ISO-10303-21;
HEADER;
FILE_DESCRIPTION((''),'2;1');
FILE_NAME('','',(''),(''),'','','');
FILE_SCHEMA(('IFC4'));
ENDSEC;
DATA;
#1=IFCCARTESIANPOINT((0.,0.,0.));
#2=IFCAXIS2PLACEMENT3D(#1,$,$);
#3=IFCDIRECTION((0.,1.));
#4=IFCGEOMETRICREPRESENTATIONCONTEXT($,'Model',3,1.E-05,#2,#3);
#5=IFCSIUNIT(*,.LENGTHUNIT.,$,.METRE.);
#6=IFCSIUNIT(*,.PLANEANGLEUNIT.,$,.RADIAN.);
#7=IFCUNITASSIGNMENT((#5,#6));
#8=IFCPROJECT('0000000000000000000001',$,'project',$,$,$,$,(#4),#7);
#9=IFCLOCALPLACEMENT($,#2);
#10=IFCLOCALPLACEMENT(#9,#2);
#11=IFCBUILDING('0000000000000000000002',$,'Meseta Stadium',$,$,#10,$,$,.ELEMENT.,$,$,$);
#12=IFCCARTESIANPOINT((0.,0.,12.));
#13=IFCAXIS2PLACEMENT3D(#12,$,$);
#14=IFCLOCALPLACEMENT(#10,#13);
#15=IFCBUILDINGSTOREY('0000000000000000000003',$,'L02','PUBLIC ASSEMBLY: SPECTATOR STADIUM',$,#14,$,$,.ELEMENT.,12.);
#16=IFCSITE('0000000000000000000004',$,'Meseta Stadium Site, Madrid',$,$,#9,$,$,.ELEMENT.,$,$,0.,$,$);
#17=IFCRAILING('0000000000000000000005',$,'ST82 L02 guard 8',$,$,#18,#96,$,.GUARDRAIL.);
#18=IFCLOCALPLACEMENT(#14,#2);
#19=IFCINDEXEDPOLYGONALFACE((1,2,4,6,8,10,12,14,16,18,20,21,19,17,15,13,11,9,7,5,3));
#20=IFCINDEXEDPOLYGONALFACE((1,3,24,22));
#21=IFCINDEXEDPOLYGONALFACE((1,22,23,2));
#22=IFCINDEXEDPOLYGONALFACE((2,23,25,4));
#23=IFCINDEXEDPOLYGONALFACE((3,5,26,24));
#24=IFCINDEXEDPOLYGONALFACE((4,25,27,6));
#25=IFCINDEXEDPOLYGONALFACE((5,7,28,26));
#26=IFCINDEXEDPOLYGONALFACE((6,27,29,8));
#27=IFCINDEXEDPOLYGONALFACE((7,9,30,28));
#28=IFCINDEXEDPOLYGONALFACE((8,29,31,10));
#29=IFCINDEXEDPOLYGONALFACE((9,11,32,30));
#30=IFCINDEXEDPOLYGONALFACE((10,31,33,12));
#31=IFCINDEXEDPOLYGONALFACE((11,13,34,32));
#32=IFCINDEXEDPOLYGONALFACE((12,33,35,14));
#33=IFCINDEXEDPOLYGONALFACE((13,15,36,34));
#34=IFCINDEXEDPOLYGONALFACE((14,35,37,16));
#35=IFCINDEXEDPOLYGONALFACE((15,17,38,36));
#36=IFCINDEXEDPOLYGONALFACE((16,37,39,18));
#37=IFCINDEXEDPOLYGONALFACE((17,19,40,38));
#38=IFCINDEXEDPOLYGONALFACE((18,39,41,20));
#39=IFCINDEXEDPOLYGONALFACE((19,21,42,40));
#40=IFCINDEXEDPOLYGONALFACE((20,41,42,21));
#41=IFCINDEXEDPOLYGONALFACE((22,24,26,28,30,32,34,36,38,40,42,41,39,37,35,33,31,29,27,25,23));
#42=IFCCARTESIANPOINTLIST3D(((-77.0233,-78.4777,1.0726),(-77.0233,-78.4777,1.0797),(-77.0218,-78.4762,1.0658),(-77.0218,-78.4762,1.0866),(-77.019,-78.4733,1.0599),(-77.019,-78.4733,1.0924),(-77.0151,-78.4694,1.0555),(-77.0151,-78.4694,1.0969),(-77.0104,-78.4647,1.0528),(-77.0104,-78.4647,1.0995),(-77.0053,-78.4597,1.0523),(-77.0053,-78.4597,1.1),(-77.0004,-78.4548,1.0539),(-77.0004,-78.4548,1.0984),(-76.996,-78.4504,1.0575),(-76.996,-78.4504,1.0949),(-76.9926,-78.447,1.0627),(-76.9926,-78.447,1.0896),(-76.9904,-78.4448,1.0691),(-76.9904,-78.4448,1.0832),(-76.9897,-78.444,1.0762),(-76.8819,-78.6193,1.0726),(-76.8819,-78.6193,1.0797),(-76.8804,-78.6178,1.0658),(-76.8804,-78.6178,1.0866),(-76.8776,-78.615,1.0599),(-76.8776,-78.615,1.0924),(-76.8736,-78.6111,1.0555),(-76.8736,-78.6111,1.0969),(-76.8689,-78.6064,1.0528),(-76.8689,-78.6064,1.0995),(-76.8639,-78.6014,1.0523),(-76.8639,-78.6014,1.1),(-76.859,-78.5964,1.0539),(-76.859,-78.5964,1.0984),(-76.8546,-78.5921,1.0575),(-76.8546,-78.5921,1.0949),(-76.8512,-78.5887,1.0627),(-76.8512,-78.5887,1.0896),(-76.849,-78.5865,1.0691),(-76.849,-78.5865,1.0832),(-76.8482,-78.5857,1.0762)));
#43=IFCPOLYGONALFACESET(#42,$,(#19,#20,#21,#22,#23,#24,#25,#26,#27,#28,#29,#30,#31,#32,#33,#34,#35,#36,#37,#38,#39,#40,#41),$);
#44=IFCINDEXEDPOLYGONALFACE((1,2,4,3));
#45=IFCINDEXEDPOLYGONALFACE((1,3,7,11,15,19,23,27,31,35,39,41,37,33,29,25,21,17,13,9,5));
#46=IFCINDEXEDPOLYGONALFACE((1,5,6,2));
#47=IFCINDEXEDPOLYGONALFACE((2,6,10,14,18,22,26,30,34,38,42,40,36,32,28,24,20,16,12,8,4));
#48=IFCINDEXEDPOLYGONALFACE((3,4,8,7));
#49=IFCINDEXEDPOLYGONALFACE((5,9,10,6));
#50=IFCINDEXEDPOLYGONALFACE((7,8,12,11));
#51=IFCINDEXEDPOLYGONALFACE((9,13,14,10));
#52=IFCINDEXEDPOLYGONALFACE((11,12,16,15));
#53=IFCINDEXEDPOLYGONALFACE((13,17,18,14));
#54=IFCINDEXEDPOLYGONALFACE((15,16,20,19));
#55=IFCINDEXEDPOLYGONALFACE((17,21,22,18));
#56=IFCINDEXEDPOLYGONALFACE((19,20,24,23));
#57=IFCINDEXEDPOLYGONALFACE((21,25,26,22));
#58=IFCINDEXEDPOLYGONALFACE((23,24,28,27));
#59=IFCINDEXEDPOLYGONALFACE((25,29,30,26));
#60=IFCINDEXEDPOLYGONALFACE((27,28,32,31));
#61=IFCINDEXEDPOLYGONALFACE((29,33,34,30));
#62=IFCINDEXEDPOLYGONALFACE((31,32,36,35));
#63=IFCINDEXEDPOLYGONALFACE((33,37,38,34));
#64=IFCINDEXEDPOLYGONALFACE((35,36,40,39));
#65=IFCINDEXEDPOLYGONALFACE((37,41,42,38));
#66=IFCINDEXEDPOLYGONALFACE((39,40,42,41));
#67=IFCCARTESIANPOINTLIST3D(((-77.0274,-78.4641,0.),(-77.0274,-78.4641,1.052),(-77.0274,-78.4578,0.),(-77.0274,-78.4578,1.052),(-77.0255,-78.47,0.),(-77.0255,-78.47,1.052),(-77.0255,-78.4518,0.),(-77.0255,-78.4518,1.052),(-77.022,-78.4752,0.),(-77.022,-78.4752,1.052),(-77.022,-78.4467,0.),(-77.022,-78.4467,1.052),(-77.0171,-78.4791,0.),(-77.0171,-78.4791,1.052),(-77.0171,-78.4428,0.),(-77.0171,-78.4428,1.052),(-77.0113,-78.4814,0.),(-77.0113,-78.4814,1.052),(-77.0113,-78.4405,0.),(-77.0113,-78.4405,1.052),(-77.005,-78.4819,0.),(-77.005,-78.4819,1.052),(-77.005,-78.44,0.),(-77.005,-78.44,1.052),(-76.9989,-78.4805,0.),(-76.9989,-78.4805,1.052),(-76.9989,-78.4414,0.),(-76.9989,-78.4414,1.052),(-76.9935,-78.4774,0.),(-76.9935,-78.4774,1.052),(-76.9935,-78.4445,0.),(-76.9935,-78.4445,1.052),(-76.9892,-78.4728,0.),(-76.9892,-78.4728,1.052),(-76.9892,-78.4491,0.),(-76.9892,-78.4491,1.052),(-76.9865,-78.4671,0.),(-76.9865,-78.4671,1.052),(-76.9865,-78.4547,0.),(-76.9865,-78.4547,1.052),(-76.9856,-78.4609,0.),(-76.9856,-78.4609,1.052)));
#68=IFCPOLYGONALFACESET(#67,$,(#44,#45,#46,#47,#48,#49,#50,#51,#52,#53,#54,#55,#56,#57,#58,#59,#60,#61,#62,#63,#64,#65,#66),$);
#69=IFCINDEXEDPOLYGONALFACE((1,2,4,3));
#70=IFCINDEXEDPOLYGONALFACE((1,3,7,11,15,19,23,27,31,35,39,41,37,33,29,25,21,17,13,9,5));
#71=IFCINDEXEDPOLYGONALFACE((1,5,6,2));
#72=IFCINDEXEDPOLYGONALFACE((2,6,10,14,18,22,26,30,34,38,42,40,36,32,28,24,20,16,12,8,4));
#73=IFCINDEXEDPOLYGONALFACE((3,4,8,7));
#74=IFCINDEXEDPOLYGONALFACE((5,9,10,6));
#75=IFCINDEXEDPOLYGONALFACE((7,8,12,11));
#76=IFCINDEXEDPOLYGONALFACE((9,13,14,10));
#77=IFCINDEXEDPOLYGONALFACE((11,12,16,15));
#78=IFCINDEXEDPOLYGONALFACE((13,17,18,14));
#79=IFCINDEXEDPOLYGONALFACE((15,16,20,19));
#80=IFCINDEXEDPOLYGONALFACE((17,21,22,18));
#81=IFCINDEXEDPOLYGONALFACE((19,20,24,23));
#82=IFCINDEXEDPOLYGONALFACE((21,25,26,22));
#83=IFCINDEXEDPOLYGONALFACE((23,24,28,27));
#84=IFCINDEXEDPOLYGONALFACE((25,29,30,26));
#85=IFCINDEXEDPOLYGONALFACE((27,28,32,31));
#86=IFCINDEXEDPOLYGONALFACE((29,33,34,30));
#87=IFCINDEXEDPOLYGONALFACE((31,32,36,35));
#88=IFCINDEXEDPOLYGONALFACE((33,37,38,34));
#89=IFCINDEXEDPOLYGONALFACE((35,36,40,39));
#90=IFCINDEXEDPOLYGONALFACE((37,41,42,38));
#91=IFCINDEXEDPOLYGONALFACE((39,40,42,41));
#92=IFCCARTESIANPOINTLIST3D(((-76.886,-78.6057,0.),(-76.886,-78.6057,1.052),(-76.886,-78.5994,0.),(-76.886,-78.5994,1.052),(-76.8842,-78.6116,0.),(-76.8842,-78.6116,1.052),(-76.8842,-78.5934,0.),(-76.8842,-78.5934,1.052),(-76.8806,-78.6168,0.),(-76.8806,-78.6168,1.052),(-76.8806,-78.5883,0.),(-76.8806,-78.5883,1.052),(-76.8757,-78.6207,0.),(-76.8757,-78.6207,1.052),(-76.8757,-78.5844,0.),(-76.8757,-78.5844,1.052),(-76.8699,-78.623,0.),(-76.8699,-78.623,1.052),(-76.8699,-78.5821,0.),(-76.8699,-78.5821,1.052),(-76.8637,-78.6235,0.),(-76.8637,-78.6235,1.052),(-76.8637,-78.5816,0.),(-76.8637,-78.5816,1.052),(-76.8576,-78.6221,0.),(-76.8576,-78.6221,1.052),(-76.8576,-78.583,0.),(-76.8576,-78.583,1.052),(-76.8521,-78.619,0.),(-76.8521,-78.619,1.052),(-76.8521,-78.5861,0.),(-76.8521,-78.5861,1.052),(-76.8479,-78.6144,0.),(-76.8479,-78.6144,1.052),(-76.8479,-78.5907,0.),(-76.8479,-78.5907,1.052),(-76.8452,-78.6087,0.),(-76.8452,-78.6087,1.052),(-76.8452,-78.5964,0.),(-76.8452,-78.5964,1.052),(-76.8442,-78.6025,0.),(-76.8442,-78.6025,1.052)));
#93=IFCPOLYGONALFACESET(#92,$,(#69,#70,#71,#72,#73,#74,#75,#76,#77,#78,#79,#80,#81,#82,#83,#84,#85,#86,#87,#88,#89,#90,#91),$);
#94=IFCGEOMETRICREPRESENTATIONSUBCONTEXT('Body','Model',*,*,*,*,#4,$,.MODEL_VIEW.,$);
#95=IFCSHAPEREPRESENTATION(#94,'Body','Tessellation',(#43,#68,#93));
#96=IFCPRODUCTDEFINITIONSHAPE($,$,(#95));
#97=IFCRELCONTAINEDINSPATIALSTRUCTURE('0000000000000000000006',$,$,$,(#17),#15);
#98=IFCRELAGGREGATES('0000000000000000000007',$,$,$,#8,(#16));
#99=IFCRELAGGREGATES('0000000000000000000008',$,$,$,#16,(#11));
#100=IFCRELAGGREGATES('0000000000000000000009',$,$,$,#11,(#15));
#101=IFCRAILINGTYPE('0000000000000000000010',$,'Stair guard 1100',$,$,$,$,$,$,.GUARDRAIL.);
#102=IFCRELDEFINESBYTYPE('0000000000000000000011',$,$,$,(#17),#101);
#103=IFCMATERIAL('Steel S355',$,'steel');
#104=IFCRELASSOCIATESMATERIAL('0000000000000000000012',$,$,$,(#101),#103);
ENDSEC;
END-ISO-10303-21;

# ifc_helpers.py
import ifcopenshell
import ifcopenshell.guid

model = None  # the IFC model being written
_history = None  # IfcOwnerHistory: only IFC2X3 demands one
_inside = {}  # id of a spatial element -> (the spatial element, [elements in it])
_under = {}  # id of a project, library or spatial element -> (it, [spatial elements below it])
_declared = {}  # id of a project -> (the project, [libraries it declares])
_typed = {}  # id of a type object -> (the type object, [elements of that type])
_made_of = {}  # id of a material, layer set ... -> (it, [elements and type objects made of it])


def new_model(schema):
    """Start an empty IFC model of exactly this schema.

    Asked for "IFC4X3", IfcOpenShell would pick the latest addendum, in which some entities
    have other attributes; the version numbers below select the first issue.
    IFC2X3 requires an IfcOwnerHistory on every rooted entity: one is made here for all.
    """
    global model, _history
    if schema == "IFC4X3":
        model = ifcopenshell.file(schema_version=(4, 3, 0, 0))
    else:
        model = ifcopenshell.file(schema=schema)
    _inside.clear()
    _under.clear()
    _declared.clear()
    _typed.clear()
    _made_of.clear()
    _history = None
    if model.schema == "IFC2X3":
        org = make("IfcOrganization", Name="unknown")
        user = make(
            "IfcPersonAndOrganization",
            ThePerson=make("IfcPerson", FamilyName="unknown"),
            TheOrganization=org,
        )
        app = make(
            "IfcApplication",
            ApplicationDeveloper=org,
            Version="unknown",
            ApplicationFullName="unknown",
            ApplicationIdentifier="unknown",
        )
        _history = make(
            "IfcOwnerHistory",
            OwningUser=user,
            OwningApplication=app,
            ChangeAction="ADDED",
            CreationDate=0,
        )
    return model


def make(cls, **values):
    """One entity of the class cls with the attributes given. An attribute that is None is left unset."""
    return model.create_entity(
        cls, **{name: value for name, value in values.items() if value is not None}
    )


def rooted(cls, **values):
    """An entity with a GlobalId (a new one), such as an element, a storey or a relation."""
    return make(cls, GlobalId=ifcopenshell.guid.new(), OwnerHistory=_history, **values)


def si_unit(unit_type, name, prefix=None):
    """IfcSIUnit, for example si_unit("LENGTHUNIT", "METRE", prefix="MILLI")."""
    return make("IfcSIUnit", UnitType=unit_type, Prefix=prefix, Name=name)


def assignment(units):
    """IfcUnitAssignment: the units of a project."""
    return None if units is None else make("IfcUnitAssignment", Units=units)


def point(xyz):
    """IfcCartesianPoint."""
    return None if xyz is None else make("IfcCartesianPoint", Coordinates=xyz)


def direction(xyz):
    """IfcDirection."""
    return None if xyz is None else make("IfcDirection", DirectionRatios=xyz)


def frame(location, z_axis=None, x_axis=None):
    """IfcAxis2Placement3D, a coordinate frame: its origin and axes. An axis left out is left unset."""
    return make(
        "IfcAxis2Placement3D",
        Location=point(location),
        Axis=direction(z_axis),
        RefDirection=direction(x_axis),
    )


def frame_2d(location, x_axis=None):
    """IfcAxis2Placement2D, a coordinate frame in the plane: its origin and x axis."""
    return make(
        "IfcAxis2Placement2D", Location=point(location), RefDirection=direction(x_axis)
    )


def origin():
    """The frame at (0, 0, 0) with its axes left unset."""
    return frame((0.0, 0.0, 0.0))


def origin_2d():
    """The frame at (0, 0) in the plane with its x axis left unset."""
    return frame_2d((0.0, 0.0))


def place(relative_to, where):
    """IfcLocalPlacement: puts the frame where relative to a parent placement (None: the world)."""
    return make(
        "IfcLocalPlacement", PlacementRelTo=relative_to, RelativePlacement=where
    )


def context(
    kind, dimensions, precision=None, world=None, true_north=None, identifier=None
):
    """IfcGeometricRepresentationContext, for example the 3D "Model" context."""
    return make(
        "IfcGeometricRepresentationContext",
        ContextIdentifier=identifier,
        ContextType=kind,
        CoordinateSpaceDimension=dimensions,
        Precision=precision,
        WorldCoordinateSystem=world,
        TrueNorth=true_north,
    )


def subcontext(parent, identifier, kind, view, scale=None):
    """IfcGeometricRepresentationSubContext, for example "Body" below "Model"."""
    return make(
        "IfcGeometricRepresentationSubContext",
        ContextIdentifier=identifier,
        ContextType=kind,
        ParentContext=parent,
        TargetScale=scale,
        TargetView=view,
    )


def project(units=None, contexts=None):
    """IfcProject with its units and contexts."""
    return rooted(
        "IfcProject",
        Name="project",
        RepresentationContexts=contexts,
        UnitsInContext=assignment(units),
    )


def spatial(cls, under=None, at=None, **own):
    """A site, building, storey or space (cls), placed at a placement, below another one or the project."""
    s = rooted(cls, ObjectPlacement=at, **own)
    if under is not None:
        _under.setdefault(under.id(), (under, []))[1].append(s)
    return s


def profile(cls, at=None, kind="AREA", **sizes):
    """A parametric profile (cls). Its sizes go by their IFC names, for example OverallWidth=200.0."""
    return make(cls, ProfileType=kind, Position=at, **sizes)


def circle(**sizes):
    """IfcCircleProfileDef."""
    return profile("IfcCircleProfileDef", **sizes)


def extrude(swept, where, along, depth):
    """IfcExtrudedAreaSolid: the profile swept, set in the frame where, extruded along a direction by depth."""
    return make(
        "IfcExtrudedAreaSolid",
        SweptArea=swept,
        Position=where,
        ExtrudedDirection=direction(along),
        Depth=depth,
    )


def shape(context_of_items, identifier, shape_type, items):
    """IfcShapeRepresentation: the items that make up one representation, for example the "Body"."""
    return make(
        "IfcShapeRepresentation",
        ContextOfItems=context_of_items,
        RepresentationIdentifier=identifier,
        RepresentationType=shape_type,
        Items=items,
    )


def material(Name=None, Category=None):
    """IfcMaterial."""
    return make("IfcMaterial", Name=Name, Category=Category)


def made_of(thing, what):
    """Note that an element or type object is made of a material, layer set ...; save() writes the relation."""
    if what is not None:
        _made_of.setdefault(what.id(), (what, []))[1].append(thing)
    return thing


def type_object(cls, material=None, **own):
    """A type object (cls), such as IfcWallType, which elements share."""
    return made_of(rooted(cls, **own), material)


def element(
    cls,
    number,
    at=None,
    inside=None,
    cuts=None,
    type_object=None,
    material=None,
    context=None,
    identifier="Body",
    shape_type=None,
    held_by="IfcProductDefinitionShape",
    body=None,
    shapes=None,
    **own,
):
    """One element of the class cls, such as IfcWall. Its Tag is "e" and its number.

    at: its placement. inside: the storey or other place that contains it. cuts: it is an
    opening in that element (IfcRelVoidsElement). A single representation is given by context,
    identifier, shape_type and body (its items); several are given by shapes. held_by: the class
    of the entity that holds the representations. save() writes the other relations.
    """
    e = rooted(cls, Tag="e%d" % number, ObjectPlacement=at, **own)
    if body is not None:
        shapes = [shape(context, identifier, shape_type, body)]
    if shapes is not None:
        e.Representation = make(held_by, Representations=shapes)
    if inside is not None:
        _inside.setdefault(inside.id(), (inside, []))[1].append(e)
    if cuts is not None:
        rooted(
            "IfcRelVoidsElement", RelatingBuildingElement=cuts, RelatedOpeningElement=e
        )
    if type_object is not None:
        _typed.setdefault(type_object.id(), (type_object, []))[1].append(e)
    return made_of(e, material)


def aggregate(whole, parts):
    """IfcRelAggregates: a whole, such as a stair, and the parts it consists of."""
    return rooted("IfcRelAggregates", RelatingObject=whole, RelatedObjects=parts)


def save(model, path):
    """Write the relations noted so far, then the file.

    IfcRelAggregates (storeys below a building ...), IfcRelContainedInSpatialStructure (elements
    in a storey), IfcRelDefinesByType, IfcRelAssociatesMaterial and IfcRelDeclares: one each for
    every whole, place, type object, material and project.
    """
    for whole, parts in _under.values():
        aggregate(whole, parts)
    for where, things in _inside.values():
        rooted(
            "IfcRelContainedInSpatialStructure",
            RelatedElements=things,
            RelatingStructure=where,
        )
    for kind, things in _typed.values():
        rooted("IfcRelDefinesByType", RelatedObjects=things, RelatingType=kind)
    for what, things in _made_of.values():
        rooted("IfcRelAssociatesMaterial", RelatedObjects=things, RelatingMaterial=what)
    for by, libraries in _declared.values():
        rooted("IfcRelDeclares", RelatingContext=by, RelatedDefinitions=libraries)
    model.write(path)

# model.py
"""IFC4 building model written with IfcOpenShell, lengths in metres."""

from ifc_helpers import new_model, si_unit, direction, frame, origin, origin_2d, place, context, subcontext, project, spatial, circle, extrude, material, type_object, element, save


model = new_model("IFC4")

# Units and contexts
model_context = context("Model", 3, precision=1e-05, world=origin(), true_north=direction((0.0, 1.0)))
body_context = subcontext(model_context, "Body", "Model", "MODEL_VIEW")
ifc_project = project(units=[si_unit("LENGTHUNIT", "METRE"), si_unit("PLANEANGLEUNIT", "RADIAN")], contexts=[model_context])

# Site, building, storey
site_placement = place(None, origin())
site = spatial("IfcSite", under=ifc_project, at=site_placement, Name="Meseta Stadium Site, Madrid", CompositionType="ELEMENT", RefElevation=0.0)
building_placement = place(site_placement, origin())
building = spatial("IfcBuilding", under=site, at=building_placement, Name="Meseta Stadium", CompositionType="ELEMENT")
storey_placement = place(building_placement, frame((0.0, 0.0, 12.0)))
storey = spatial("IfcBuildingStorey", under=building, at=storey_placement, Name="L02", Description="PUBLIC ASSEMBLY: SPECTATOR STADIUM", CompositionType="ELEMENT", Elevation=12.0)

# Railing
ifc_material_1 = material(Name="Steel S355", Category="steel")
railing_type_1 = type_object("IfcRailingType", Name="Stair guard 1100", PredefinedType="GUARDRAIL", material=ifc_material_1)
railing_1_placement = place(storey_placement, frame((-77.0066, -78.4609, 0.0)))
element("IfcRailing", 1, at=railing_1_placement, inside=storey, type_object=railing_type_1, Name="ST82 L02 guard 8", PredefinedType="GUARDRAIL", context=body_context, shape_type="SweptSolid", body=[
    extrude(circle(Radius=0.0239, at=origin_2d()), frame((0.0, 0.0, 1.0762), z_axis=(0.706496, -0.707717, 0.0), x_axis=(0.707717, 0.706496, 0.0)), (0.0, 0.0, 1.0), 0.2002),
    extrude(circle(Radius=0.021, at=origin_2d()), origin(), (0.0, 0.0, 1.0), 1.052),
    extrude(circle(Radius=0.021, at=origin_2d()), frame((0.1414, -0.1416, 0.0)), (0.0, 0.0, 1.0), 1.052),
])

save(model, "model.ifc")
